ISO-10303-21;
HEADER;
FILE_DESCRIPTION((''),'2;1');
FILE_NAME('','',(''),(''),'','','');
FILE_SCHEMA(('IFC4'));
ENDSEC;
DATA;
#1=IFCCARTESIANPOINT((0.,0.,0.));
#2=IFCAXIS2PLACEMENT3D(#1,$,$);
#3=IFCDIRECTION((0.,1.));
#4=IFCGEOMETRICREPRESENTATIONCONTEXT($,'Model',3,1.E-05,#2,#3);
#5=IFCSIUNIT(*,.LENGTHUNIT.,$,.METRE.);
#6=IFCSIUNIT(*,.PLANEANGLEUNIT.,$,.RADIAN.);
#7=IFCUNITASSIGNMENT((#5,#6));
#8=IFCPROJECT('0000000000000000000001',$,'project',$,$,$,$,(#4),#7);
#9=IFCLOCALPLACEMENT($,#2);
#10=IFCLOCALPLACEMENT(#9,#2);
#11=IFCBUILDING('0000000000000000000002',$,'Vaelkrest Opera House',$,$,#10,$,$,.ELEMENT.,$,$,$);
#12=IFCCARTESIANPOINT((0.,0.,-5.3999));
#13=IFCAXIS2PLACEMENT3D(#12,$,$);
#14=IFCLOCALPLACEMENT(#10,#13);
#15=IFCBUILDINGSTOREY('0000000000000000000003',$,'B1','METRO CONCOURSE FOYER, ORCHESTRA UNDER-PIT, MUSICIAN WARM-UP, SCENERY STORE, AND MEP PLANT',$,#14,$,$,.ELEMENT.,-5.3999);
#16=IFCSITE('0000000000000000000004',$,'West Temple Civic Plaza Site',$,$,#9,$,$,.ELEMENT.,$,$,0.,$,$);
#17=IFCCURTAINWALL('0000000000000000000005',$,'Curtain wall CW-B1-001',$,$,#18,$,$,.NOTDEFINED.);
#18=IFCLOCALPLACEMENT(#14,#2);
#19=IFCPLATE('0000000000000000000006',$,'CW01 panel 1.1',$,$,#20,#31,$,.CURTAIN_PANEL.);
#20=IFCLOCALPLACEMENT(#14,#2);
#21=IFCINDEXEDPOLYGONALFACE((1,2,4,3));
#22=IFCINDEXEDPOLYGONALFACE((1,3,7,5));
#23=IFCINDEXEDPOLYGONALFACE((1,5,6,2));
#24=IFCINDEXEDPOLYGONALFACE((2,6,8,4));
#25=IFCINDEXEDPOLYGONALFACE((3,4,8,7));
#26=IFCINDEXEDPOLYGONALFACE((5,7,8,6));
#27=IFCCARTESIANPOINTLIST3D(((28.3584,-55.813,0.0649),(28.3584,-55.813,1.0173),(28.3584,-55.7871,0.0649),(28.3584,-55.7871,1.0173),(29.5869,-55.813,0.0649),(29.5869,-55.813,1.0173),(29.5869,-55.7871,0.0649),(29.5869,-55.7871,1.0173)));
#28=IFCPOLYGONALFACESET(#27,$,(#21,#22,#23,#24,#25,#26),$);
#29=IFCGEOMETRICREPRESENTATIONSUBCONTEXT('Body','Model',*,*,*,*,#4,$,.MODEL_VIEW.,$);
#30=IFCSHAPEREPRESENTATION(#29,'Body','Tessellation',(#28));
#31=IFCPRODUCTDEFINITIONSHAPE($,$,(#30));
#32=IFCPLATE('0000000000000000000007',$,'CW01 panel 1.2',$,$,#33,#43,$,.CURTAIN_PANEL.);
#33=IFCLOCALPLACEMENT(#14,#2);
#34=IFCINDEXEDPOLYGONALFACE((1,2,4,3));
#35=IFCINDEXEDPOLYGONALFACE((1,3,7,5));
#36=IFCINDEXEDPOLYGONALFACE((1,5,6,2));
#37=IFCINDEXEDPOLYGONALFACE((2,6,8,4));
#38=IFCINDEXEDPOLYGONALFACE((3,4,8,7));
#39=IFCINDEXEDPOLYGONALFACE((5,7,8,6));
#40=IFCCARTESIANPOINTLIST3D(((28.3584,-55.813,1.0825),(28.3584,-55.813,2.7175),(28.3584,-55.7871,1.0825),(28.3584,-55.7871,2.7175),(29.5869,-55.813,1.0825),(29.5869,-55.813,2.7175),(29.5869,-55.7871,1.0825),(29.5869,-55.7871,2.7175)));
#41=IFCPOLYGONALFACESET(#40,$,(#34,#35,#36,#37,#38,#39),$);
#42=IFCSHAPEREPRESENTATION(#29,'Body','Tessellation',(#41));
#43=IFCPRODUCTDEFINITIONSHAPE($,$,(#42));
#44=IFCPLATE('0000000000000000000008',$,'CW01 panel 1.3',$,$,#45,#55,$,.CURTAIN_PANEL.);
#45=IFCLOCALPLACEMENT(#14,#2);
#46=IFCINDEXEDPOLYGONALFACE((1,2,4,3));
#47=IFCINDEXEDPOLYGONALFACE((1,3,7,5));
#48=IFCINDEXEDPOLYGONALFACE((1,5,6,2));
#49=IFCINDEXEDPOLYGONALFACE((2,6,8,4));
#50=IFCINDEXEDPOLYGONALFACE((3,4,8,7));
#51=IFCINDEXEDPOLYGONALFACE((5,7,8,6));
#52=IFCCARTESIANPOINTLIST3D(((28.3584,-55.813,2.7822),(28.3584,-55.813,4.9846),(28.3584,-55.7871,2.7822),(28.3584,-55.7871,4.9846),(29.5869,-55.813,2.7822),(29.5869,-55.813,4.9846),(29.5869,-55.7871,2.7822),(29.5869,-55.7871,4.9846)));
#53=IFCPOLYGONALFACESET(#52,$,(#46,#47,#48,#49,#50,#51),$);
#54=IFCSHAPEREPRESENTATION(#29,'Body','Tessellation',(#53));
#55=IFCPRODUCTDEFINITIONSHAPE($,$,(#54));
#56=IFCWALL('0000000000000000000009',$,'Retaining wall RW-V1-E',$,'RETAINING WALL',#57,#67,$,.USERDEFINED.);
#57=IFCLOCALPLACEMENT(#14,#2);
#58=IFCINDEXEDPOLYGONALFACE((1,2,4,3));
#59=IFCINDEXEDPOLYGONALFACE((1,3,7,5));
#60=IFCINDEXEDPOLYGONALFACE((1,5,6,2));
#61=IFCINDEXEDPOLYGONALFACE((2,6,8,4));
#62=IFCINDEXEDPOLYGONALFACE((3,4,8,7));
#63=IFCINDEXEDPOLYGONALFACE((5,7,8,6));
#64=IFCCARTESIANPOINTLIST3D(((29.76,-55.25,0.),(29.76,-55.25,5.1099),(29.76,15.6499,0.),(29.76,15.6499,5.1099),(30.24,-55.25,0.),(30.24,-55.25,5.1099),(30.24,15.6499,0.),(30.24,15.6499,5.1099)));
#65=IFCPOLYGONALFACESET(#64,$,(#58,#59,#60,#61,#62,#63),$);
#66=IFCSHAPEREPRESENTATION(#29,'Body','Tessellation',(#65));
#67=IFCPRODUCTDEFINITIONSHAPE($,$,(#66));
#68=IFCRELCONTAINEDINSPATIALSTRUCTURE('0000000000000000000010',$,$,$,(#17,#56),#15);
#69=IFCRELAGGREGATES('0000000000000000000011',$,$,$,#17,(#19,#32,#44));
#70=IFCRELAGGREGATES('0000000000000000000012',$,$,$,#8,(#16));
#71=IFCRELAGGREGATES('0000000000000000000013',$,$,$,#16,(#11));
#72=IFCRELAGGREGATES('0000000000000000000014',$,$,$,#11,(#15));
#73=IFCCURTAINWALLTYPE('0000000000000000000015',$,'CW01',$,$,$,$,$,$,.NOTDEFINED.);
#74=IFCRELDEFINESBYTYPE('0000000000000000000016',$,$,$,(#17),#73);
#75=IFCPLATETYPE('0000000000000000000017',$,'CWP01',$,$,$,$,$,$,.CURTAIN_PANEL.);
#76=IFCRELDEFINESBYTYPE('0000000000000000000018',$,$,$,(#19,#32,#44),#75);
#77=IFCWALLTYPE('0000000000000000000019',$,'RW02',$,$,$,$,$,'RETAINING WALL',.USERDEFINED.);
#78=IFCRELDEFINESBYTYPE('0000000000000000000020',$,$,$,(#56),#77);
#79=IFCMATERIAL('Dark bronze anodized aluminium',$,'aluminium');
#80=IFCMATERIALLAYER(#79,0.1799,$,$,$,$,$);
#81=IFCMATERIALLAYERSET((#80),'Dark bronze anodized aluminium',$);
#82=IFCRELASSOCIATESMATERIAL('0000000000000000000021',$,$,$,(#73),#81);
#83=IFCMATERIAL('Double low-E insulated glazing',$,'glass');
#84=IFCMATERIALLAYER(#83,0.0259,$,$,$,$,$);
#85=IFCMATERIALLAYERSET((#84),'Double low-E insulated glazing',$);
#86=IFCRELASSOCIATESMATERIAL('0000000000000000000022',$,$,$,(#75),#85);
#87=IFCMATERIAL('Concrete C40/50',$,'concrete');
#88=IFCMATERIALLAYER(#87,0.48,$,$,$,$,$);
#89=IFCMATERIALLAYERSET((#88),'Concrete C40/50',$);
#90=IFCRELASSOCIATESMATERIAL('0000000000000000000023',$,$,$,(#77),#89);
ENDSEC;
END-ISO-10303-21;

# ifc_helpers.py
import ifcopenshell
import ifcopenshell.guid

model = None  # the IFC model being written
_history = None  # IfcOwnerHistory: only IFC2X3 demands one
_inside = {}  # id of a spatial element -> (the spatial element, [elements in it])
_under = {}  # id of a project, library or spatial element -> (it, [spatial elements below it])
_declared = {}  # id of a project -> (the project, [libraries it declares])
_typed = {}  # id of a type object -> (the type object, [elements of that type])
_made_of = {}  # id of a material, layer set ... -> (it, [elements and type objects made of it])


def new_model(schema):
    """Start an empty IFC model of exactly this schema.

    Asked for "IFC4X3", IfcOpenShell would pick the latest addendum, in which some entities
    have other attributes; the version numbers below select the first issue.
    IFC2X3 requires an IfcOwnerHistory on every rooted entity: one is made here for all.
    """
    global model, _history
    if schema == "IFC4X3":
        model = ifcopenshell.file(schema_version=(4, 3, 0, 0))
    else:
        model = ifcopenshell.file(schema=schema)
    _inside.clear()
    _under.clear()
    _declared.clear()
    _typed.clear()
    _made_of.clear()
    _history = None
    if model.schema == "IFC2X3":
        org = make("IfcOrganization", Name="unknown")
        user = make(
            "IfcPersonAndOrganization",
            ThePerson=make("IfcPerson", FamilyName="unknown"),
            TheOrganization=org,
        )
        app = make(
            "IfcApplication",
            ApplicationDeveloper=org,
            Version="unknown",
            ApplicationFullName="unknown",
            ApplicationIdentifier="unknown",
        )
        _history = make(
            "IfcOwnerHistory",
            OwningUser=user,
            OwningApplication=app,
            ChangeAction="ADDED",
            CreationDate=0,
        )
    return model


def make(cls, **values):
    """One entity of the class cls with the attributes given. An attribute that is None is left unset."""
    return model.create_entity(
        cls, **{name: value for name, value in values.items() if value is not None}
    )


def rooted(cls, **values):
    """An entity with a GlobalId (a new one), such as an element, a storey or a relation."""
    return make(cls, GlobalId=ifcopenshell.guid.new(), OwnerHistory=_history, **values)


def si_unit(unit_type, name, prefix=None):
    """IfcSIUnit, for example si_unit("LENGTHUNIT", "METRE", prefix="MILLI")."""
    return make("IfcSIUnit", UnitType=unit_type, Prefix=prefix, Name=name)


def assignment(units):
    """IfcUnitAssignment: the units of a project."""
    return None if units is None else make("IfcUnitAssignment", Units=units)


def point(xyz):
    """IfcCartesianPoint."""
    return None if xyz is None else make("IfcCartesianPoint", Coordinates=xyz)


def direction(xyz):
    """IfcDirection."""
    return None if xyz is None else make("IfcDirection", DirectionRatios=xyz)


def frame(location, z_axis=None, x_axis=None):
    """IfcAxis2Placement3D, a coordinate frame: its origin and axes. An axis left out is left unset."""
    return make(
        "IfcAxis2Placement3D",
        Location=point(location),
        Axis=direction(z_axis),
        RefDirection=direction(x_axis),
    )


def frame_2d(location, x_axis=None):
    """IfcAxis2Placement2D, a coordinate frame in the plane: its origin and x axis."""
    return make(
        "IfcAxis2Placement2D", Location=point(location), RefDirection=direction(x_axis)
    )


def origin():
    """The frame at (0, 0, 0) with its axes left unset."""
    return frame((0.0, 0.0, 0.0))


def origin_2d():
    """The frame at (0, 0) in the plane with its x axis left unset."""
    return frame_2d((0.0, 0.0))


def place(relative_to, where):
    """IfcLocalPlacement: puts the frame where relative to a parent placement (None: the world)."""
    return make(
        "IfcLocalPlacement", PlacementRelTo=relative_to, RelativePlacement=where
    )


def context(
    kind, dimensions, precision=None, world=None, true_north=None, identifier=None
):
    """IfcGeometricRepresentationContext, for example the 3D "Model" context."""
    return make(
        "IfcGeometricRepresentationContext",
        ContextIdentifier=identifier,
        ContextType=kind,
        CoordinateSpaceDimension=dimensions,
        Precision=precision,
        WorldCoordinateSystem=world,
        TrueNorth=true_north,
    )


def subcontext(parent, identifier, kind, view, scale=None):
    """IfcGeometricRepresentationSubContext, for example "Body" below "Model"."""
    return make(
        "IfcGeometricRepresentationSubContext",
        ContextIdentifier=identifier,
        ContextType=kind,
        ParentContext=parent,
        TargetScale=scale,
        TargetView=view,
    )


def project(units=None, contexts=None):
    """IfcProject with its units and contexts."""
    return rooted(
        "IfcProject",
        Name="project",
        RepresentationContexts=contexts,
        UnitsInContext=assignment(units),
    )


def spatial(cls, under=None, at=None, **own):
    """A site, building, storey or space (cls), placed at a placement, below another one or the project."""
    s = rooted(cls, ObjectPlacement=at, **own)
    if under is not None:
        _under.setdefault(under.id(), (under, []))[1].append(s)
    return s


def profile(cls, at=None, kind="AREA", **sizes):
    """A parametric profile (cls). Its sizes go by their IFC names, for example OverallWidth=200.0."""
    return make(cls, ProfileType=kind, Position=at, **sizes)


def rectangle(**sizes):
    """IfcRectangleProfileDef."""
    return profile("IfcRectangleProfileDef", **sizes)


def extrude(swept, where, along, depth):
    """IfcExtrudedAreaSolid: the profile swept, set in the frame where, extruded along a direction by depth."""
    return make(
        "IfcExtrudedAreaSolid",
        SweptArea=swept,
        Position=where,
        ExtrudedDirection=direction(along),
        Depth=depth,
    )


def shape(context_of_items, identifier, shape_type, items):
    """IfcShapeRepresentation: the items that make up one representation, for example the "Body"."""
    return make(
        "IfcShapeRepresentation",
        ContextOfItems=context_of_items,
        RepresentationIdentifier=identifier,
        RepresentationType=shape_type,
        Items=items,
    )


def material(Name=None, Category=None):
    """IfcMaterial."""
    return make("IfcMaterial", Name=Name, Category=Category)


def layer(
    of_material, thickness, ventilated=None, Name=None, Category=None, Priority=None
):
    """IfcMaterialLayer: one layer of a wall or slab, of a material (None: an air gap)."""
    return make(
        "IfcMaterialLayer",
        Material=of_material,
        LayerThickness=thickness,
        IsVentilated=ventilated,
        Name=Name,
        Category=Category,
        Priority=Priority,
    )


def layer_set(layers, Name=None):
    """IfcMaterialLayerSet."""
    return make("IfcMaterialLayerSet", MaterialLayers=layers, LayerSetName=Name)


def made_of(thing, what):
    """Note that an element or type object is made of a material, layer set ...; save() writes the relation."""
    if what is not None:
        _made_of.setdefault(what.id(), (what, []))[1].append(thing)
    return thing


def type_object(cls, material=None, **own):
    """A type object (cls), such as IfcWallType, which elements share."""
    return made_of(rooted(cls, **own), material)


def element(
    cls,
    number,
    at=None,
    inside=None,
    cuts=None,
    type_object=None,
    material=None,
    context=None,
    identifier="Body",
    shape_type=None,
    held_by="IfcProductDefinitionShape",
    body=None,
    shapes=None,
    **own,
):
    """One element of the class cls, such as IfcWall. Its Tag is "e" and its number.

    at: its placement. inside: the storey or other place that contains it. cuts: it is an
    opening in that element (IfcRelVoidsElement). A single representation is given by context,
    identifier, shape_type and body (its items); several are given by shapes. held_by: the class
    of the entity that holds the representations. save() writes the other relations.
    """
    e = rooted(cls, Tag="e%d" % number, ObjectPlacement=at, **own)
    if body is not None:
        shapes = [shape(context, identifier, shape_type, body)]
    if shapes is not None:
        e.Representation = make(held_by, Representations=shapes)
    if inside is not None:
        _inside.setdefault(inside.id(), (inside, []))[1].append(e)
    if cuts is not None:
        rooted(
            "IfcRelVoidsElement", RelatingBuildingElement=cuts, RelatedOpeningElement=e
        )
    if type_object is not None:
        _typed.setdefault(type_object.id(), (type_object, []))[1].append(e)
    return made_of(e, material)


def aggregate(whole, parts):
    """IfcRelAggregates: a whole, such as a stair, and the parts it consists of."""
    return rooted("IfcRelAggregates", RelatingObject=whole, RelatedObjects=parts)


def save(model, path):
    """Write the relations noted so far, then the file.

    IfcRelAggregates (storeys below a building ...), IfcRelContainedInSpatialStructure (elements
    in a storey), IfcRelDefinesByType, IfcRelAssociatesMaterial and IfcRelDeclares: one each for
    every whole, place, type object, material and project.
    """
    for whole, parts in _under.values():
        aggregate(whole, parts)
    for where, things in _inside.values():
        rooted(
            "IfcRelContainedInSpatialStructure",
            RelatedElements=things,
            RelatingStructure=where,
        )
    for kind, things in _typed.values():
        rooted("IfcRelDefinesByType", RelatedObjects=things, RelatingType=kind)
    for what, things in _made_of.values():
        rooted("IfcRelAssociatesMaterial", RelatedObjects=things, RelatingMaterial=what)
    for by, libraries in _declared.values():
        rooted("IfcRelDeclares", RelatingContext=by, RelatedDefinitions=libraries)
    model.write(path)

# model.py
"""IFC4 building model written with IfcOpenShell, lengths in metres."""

from ifc_helpers import new_model, si_unit, direction, frame, frame_2d, origin, origin_2d, place, context, subcontext, project, spatial, rectangle, extrude, material, layer, layer_set, type_object, element, aggregate, save


model = new_model("IFC4")

# Units and contexts
model_context = context("Model", 3, precision=1e-05, world=origin(), true_north=direction((0.0, 1.0)))
body_context = subcontext(model_context, "Body", "Model", "MODEL_VIEW")
ifc_project = project(units=[si_unit("LENGTHUNIT", "METRE"), si_unit("PLANEANGLEUNIT", "RADIAN")], contexts=[model_context])

# Site, building, storey
site_placement = place(None, origin())
site = spatial("IfcSite", under=ifc_project, at=site_placement, Name="West Temple Civic Plaza Site", CompositionType="ELEMENT", RefElevation=0.0)
building_placement = place(site_placement, origin())
building = spatial("IfcBuilding", under=site, at=building_placement, Name="Vaelkrest Opera House", CompositionType="ELEMENT")
storey_placement = place(building_placement, frame((0.0, 0.0, -5.3999)))
storey = spatial("IfcBuildingStorey", under=building, at=storey_placement, Name="B1", Description="METRO CONCOURSE FOYER, ORCHESTRA UNDER-PIT, MUSICIAN WARM-UP, SCENERY STORE, AND MEP PLANT", CompositionType="ELEMENT", Elevation=-5.3999)

# Shared definitions
ifc_material_1 = material(Name="Concrete C40/50", Category="concrete")

# Curtain wall, plates
ifc_material_2 = material(Name="Dark bronze anodized aluminium", Category="aluminium")
ifc_layer_1 = layer(ifc_material_2, 0.1799)
ifc_layer_set_1 = layer_set([ifc_layer_1], Name="Dark bronze anodized aluminium")
curtain_wall_type = type_object("IfcCurtainWallType", Name="CW01", PredefinedType="NOTDEFINED", material=ifc_layer_set_1)
curtain_wall_placement = place(storey_placement, origin())
curtain_wall = element("IfcCurtainWall", 1, at=curtain_wall_placement, inside=storey, type_object=curtain_wall_type, Name="Curtain wall CW-B1-001", PredefinedType="NOTDEFINED")
ifc_material_3 = material(Name="Double low-E insulated glazing", Category="glass")
ifc_layer_2 = layer(ifc_material_3, 0.0259)
ifc_layer_set_2 = layer_set([ifc_layer_2], Name="Double low-E insulated glazing")
plate_type = type_object("IfcPlateType", Name="CWP01", PredefinedType="CURTAIN_PANEL", material=ifc_layer_set_2)
plate_1_placement = place(storey_placement, frame((28.9727, -55.8, 0.0649), z_axis=(0.0, 0.0, 1.0), x_axis=(-1.0, 0.0, 0.0)))
plate_1 = element("IfcPlate", 2, at=plate_1_placement, type_object=plate_type, Name="CW01 panel 1.1", PredefinedType="CURTAIN_PANEL", context=body_context, shape_type="SweptSolid", body=[
    extrude(rectangle(XDim=1.2285, YDim=0.0259, at=origin_2d()), origin(), (0.0, 0.0, 1.0), 0.9524),
])
plate_2_placement = place(storey_placement, frame((28.9727, -55.8, 1.0825), z_axis=(0.0, 0.0, 1.0), x_axis=(-1.0, 0.0, 0.0)))
plate_2 = element("IfcPlate", 3, at=plate_2_placement, type_object=plate_type, Name="CW01 panel 1.2", PredefinedType="CURTAIN_PANEL", context=body_context, shape_type="SweptSolid", body=[
    extrude(rectangle(XDim=1.2285, YDim=0.0259, at=origin_2d()), origin(), (0.0, 0.0, 1.0), 1.635),
])
plate_3_placement = place(storey_placement, frame((28.9727, -55.8, 2.7822), z_axis=(0.0, 0.0, 1.0), x_axis=(-1.0, 0.0, 0.0)))
plate_3 = element("IfcPlate", 4, at=plate_3_placement, type_object=plate_type, Name="CW01 panel 1.3", PredefinedType="CURTAIN_PANEL", context=body_context, shape_type="SweptSolid", body=[
    extrude(rectangle(XDim=1.2285, YDim=0.0259, at=origin_2d()), origin(), (0.0, 0.0, 1.0), 2.2024),
])
aggregate(curtain_wall, [plate_1, plate_2, plate_3])

# Wall
ifc_layer_3 = layer(ifc_material_1, 0.48)
ifc_layer_set_3 = layer_set([ifc_layer_3], Name="Concrete C40/50")
wall_type = type_object("IfcWallType", Name="RW02", ElementType="RETAINING WALL", PredefinedType="USERDEFINED", material=ifc_layer_set_3)
wall_placement = place(storey_placement, frame((30.0, -55.25, 0.0), z_axis=(0.0, 0.0, 1.0), x_axis=(0.0, 1.0, 0.0)))
element("IfcWall", 5, at=wall_placement, inside=storey, type_object=wall_type, Name="Retaining wall RW-V1-E", ObjectType="RETAINING WALL", PredefinedType="USERDEFINED", context=body_context, shape_type="SweptSolid", body=[
    extrude(rectangle(XDim=70.8999, YDim=0.48, at=frame_2d((35.45, 0.0))), origin(), (0.0, 0.0, 1.0), 5.1099),
])

save(model, "model.ifc")
